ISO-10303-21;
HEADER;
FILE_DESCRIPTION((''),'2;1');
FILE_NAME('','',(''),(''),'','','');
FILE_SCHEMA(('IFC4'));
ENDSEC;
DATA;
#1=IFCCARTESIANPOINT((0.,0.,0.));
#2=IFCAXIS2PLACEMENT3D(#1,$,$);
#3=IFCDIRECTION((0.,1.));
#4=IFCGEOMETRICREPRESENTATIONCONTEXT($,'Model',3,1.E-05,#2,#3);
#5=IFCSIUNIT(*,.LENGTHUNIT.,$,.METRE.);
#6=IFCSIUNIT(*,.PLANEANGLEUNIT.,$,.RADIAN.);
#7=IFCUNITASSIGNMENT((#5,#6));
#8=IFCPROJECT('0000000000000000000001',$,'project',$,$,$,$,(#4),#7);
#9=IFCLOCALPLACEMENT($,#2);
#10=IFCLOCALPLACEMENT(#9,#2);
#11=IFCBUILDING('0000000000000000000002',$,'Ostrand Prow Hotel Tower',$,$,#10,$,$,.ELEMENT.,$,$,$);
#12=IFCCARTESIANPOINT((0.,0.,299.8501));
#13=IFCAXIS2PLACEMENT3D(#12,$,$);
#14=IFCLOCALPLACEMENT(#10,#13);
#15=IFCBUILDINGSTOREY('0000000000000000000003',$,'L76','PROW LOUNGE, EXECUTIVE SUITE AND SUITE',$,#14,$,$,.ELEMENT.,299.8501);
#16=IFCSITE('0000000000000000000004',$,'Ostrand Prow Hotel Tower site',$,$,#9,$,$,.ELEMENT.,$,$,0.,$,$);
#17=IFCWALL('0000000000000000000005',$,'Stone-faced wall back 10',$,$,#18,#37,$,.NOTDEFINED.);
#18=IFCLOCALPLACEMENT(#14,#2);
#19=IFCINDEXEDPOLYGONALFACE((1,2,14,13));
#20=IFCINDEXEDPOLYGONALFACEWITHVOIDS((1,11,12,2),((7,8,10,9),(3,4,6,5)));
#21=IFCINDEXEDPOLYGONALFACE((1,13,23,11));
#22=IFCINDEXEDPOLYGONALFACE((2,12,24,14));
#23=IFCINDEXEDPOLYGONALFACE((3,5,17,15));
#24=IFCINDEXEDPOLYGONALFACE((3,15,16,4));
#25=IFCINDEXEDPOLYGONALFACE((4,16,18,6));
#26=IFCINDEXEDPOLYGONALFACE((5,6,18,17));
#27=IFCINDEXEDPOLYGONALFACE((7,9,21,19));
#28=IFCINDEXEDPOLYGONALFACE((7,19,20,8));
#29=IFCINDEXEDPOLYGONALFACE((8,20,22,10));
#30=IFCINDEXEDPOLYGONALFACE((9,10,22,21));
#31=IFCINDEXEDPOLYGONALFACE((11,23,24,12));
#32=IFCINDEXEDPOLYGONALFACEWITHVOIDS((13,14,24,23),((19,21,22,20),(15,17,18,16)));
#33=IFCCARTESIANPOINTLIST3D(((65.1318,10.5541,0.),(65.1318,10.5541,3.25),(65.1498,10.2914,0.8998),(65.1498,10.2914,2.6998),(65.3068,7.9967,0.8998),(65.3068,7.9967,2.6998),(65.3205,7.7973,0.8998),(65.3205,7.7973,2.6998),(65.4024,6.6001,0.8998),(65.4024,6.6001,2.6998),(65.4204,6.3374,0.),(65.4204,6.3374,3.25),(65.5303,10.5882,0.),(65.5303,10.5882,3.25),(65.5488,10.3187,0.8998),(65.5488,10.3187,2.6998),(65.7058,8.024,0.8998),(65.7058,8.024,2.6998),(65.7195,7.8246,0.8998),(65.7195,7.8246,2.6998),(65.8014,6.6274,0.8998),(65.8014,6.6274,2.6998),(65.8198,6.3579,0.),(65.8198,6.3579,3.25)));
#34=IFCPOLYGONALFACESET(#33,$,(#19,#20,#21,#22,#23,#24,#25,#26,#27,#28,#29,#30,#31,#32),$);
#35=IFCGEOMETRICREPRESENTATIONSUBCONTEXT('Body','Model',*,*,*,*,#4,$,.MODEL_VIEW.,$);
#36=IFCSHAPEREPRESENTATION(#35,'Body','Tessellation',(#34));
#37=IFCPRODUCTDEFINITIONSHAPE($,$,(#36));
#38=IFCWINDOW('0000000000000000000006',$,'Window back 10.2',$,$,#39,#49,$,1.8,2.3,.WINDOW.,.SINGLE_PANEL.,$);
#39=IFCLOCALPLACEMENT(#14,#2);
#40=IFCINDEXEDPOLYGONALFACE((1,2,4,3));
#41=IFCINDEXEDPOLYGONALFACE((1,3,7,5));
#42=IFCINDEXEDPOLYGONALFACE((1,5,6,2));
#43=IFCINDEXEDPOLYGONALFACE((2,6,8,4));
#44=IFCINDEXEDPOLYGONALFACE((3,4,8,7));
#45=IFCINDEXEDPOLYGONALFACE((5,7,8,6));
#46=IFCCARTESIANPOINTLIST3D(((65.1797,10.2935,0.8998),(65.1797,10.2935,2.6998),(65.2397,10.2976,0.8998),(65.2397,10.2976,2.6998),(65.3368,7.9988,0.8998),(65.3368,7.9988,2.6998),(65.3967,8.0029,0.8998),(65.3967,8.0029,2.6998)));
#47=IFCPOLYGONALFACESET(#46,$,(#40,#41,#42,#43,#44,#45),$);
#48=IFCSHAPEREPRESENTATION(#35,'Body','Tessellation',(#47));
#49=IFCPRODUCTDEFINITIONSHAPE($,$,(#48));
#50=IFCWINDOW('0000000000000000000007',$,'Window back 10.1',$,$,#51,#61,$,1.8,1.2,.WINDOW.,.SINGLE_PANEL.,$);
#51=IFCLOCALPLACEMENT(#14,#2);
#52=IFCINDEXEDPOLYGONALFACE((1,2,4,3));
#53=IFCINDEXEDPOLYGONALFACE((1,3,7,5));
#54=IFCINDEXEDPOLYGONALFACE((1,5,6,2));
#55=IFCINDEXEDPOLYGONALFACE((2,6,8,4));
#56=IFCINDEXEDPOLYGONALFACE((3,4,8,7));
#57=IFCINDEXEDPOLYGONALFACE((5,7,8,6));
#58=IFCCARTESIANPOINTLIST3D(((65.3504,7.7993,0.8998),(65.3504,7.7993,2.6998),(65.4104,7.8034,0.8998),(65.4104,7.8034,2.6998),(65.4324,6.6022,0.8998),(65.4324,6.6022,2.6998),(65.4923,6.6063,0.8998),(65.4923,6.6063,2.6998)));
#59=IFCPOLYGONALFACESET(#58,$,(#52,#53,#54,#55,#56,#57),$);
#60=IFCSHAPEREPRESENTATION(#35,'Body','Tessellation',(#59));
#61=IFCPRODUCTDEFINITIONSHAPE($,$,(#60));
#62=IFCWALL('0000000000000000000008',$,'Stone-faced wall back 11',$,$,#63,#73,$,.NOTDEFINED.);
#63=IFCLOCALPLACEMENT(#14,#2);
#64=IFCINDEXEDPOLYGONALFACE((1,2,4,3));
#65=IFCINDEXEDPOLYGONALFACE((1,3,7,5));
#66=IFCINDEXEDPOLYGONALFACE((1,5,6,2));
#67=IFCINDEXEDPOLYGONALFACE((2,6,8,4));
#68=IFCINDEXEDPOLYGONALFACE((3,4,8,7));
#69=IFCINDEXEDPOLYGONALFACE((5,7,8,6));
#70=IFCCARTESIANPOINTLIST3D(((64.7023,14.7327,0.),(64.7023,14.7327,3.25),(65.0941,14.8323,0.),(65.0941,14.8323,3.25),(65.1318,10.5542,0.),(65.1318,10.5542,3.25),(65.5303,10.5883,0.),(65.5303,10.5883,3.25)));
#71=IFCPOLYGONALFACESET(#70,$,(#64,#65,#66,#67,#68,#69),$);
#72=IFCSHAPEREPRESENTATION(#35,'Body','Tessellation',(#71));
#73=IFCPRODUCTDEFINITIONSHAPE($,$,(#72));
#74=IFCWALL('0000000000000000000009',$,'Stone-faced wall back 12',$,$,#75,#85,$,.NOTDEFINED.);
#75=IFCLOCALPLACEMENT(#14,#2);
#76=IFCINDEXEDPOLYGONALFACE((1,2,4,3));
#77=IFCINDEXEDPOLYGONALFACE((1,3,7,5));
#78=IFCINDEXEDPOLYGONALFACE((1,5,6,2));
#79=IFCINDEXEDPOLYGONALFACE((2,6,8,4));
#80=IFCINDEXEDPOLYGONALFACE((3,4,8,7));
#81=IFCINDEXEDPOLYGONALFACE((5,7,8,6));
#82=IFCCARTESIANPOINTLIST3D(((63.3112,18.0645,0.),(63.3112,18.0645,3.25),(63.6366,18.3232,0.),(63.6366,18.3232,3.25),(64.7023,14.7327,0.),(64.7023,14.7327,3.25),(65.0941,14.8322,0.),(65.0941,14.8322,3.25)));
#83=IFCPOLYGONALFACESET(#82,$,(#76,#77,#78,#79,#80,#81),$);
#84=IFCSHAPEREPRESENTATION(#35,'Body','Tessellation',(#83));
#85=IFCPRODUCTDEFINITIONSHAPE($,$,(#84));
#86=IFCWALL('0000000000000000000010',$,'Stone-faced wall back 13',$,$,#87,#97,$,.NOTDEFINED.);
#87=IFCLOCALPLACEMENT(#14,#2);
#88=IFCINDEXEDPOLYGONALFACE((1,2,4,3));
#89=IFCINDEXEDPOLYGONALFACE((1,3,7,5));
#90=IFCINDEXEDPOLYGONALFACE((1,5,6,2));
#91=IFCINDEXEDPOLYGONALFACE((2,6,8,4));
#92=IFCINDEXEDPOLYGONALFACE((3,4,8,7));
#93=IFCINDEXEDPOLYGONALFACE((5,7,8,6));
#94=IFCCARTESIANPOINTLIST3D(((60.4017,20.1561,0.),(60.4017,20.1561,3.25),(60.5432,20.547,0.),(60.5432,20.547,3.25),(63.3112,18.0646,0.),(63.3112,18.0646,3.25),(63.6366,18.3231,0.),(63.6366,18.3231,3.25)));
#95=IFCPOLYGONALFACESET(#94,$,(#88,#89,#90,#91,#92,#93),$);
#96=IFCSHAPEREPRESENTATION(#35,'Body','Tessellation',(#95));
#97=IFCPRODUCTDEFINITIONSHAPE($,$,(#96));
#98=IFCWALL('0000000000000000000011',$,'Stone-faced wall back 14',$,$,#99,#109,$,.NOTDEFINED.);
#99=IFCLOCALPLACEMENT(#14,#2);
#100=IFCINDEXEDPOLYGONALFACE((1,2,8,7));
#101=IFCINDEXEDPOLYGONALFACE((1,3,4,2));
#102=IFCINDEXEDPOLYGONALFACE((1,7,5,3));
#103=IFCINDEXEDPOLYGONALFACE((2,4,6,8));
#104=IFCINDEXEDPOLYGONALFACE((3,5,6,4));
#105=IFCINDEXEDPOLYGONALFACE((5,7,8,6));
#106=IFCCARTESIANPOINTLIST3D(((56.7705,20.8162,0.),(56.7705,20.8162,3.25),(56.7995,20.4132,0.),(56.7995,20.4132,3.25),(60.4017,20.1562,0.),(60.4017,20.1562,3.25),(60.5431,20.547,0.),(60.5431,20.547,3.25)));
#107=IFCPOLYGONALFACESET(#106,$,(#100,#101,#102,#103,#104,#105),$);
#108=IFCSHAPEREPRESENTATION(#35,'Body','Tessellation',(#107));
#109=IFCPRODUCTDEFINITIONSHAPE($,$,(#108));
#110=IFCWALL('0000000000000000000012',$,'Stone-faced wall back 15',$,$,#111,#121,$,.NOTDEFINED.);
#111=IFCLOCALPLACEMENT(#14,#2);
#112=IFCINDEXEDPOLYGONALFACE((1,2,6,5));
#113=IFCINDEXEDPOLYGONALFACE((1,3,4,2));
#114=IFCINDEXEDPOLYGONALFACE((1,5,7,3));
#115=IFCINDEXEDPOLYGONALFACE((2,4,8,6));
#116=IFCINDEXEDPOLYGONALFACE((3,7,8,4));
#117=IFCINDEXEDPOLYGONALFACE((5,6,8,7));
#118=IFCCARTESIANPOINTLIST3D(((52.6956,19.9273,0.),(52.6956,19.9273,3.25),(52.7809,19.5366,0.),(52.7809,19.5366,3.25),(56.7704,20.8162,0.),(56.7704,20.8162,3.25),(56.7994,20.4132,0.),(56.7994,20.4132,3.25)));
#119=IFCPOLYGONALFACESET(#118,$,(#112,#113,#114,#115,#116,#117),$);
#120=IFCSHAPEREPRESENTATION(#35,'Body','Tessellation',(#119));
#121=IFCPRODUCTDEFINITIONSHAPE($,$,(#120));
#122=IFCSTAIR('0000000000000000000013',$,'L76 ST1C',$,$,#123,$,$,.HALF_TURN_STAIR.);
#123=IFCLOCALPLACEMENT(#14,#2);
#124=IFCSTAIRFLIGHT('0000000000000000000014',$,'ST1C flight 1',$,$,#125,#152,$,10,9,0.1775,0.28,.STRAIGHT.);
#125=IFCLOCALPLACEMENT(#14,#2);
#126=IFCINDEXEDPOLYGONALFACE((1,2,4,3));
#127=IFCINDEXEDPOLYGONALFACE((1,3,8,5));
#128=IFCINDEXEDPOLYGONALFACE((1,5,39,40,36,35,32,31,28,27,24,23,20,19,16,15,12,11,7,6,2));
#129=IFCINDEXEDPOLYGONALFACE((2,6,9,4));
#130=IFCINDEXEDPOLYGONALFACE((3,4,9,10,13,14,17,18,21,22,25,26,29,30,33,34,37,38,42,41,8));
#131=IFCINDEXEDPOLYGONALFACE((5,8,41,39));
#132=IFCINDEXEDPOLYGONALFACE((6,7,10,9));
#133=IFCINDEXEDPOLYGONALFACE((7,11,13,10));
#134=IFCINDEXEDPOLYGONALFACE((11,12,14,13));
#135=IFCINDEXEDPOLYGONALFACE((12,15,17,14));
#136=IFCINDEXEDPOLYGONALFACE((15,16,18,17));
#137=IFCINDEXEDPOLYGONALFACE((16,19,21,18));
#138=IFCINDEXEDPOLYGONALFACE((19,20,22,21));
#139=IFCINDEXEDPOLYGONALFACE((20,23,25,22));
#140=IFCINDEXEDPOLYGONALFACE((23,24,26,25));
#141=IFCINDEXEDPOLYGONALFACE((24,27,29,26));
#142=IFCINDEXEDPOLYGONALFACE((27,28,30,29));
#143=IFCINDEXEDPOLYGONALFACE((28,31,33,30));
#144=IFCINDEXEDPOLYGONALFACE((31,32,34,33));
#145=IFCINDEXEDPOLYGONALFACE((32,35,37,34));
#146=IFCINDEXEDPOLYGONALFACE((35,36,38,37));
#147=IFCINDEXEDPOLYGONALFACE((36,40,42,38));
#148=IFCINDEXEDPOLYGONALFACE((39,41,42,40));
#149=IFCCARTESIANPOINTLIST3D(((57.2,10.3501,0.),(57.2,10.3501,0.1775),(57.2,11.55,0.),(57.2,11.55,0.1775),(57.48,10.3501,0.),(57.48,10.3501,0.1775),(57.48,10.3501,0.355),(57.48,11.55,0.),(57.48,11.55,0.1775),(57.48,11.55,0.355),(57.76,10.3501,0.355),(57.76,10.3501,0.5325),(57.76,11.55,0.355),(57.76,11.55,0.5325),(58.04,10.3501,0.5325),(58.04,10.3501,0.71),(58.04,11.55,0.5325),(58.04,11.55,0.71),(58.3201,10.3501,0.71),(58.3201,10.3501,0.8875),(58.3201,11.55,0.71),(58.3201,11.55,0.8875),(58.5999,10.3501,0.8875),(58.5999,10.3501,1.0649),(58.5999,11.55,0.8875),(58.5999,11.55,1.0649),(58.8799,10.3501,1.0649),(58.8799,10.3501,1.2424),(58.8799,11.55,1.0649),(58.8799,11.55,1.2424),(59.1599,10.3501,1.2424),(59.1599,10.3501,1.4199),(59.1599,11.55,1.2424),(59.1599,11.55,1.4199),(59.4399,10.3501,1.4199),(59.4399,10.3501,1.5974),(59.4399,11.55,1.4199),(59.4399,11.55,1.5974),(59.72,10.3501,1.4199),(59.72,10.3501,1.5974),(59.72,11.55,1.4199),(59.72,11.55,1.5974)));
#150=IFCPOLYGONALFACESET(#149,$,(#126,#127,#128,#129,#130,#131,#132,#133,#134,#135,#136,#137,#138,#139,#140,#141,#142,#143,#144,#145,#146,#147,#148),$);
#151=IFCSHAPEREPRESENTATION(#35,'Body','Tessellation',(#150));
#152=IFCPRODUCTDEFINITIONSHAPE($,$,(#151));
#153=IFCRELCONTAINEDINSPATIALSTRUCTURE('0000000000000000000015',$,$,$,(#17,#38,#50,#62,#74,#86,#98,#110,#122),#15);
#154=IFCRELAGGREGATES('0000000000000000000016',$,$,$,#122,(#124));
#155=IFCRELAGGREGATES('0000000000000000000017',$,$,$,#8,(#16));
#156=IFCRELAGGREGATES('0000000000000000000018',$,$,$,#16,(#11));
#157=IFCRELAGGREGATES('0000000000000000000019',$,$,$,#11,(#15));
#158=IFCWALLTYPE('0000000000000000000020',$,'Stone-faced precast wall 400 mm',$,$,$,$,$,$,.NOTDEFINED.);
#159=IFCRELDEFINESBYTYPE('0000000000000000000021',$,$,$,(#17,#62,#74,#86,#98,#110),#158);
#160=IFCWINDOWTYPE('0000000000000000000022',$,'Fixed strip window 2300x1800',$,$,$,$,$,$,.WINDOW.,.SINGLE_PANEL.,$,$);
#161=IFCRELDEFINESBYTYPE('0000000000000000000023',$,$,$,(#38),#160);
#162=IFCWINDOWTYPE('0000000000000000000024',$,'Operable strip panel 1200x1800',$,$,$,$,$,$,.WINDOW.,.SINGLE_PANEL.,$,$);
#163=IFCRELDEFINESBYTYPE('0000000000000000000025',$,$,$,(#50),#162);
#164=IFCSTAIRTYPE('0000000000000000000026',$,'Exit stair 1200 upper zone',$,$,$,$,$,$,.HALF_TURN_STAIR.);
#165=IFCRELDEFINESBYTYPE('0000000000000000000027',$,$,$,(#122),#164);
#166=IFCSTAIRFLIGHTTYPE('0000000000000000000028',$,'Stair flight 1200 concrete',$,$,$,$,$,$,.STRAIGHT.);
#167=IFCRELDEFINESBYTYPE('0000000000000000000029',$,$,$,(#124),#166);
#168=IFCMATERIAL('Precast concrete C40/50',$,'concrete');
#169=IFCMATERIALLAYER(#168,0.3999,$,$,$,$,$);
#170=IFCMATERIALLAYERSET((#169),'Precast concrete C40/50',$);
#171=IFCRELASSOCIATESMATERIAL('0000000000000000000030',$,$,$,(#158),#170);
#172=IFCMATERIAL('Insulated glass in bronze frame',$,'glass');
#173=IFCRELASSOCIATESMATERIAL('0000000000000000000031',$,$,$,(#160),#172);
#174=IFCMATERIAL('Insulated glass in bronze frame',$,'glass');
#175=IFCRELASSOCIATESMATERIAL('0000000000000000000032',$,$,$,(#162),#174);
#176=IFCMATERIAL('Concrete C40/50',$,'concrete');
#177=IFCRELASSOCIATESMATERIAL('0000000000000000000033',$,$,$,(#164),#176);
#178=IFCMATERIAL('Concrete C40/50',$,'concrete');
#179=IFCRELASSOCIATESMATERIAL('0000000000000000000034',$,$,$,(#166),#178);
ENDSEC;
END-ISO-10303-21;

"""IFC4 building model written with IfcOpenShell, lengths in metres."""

from ifc_helpers import new_model, si_unit, direction, frame, frame_2d, origin, place, context, subcontext, project, spatial, polyline, rectangle, outline, extrude, material, layer, layer_set, type_object, element, fill, aggregate, save


model = new_model("IFC4")

# Units and contexts
model_context = context("Model", 3, precision=1e-05, world=origin(), true_north=direction((0.0, 1.0)))
body_context = subcontext(model_context, "Body", "Model", "MODEL_VIEW")
ifc_project = project(units=[si_unit("LENGTHUNIT", "METRE"), si_unit("PLANEANGLEUNIT", "RADIAN")], contexts=[model_context])

# Site, building, storey
site_placement = place(None, origin())
site = spatial("IfcSite", under=ifc_project, at=site_placement, Name="Ostrand Prow Hotel Tower site", CompositionType="ELEMENT", RefElevation=0.0)
building_placement = place(site_placement, origin())
building = spatial("IfcBuilding", under=site, at=building_placement, Name="Ostrand Prow Hotel Tower", CompositionType="ELEMENT")
storey_placement = place(building_placement, frame((0.0, 0.0, 299.8501)))
storey = spatial("IfcBuildingStorey", under=building, at=storey_placement, Name="L76", Description="PROW LOUNGE, EXECUTIVE SUITE AND SUITE", CompositionType="ELEMENT", Elevation=299.8501)

# Shared definitions
ifc_material_1 = material(Name="Precast concrete C40/50", Category="concrete")
ifc_layer_1 = layer(ifc_material_1, 0.3999)
ifc_layer_set_1 = layer_set([ifc_layer_1], Name="Precast concrete C40/50")
wall_type_1 = type_object("IfcWallType", Name="Stone-faced precast wall 400 mm", PredefinedType="NOTDEFINED", material=ifc_layer_set_1)

# Wall, openings, windows
wall_1_placement = place(storey_placement, frame((65.6201, 6.3477, 0.0), z_axis=(0.0, 0.0, 1.0), x_axis=(-0.06828, 0.997666, 0.0)))
wall_1 = element("IfcWall", 1, at=wall_1_placement, inside=storey, type_object=wall_type_1, Name="Stone-faced wall back 10", PredefinedType="NOTDEFINED", context=body_context, shape_type="SweptSolid", body=[
    extrude(outline(polyline([(-0.0034, -0.2), (4.2368, -0.2), (4.23, 0.2), (0.0034, 0.2), (-0.0034, -0.2)])), origin(), (0.0, 0.0, 1.0), 3.25),
])
opening_1_placement = place(wall_1_placement, frame((0.2666, 0.0, 0.8999)))
opening_1 = element("IfcOpeningElement", 2, at=opening_1_placement, cuts=wall_1, PredefinedType="OPENING", context=body_context, shape_type="SweptSolid", body=[
    extrude(rectangle(XDim=1.2, YDim=1.8, at=frame_2d((0.6001, 0.8999))), frame((0.0, 0.21, 0.0), z_axis=(0.0, -1.0, 0.0), x_axis=(1.0, 0.0, 0.0)), (0.0, 0.0, 1.0), 0.4199),
])
opening_2_placement = place(wall_1_placement, frame((1.6667, 0.0, 0.8999)))
opening_2 = element("IfcOpeningElement", 3, at=opening_2_placement, cuts=wall_1, PredefinedType="OPENING", context=body_context, shape_type="SweptSolid", body=[
    extrude(rectangle(XDim=2.3, YDim=1.8, at=frame_2d((1.1499, 0.8999))), frame((0.0, 0.21, 0.0), z_axis=(0.0, -1.0, 0.0), x_axis=(1.0, 0.0, 0.0)), (0.0, 0.0, 1.0), 0.4199),
])
ifc_material_2 = material(Name="Insulated glass in bronze frame", Category="glass")
window_type_1 = type_object("IfcWindowType", Name="Fixed strip window 2300x1800", PartitioningType="SINGLE_PANEL", PredefinedType="WINDOW", material=ifc_material_2)
window_1_placement = place(opening_2_placement, origin())
window_1 = element("IfcWindow", 4, at=window_1_placement, inside=storey, type_object=window_type_1, Name="Window back 10.2", OverallHeight=1.8, OverallWidth=2.3, PartitioningType="SINGLE_PANEL", PredefinedType="WINDOW", context=body_context, shape_type="SweptSolid", body=[
    extrude(rectangle(XDim=2.3, YDim=1.8, at=frame_2d((1.1499, 0.8999))), frame((0.0, 0.1699, 0.0), z_axis=(0.0, -1.0, 0.0), x_axis=(1.0, 0.0, 0.0)), (0.0, 0.0, 1.0), 0.0601),
])
fill(opening_2, window_1)
ifc_material_3 = material(Name="Insulated glass in bronze frame", Category="glass")
window_type_2 = type_object("IfcWindowType", Name="Operable strip panel 1200x1800", PartitioningType="SINGLE_PANEL", PredefinedType="WINDOW", material=ifc_material_3)
window_2_placement = place(opening_1_placement, origin())
window_2 = element("IfcWindow", 5, at=window_2_placement, inside=storey, type_object=window_type_2, Name="Window back 10.1", OverallHeight=1.8, OverallWidth=1.2, PartitioningType="SINGLE_PANEL", PredefinedType="WINDOW", context=body_context, shape_type="SweptSolid", body=[
    extrude(rectangle(XDim=1.2, YDim=1.8, at=frame_2d((0.6001, 0.8999))), frame((0.0, 0.1699, 0.0), z_axis=(0.0, -1.0, 0.0), x_axis=(1.0, 0.0, 0.0)), (0.0, 0.0, 1.0), 0.0601),
])
fill(opening_1, window_2)

# Walls
wall_2_placement = place(storey_placement, frame((65.3311, 10.5713, 0.0), z_axis=(0.0, 0.0, 1.0), x_axis=(-0.10225, 0.994759, 0.0)))
element("IfcWall", 6, at=wall_2_placement, inside=storey, type_object=wall_type_1, Name="Stone-faced wall back 11", PredefinedType="NOTDEFINED", context=body_context, shape_type="SweptSolid", body=[
    extrude(outline(polyline([(-0.0034, -0.2), (4.2629, -0.2), (4.2039, 0.2), (0.0034, 0.2), (-0.0034, -0.2)])), origin(), (0.0, 0.0, 1.0), 3.25),
])
wall_3_placement = place(storey_placement, frame((64.8982, 14.7825, 0.0), z_axis=(0.0, 0.0, 1.0), x_axis=(-0.385286, 0.922797, 0.0)))
element("IfcWall", 7, at=wall_3_placement, inside=storey, type_object=wall_type_1, Name="Stone-faced wall back 12", PredefinedType="NOTDEFINED", context=body_context, shape_type="SweptSolid", body=[
    extrude(outline(polyline([(-0.0295, -0.2), (3.7534, -0.2), (3.6401, 0.2), (0.0295, 0.2), (-0.0295, -0.2)])), origin(), (0.0, 0.0, 1.0), 3.25),
])
wall_4_placement = place(storey_placement, frame((63.4739, 18.1938, 0.0), z_axis=(0.0, 0.0, 1.0), x_axis=(-0.811963, 0.58371, 0.0)))
element("IfcWall", 8, at=wall_4_placement, inside=storey, type_object=wall_type_1, Name="Stone-faced wall back 13", PredefinedType="NOTDEFINED", context=body_context, shape_type="SweptSolid", body=[
    extrude(outline(polyline([(-0.0566, -0.2), (3.7532, -0.2), (3.6399, 0.2), (0.0566, 0.2), (-0.0566, -0.2)])), origin(), (0.0, 0.0, 1.0), 3.25),
])
wall_5_placement = place(storey_placement, frame((60.4724, 20.3516, 0.0), z_axis=(0.0, 0.0, 1.0), x_axis=(-0.997463, 0.071191, 0.0)))
element("IfcWall", 9, at=wall_5_placement, inside=storey, type_object=wall_type_1, Name="Stone-faced wall back 14", PredefinedType="NOTDEFINED", context=body_context, shape_type="SweptSolid", body=[
    extrude(outline(polyline([(-0.0566, -0.2), (3.7256, -0.2), (3.668, 0.2), (0.0566, 0.2), (-0.0566, -0.2)])), origin(), (0.0, 0.0, 1.0), 3.25),
])
wall_6_placement = place(storey_placement, frame((56.7849, 20.6147, 0.0), z_axis=(0.0, 0.0, 1.0), x_axis=(-0.97702, -0.213147, 0.0)))
element("IfcWall", 10, at=wall_6_placement, inside=storey, type_object=wall_type_1, Name="Stone-faced wall back 15", PredefinedType="NOTDEFINED", context=body_context, shape_type="SweptSolid", body=[
    extrude(outline(polyline([(-0.0288, -0.2), (4.1418, -0.2), (4.1418, 0.2), (0.0288, 0.2), (-0.0288, -0.2)])), origin(), (0.0, 0.0, 1.0), 3.25),
])

# Stair, stair flight
ifc_material_4 = material(Name="Concrete C40/50", Category="concrete")
stair_type = type_object("IfcStairType", Name="Exit stair 1200 upper zone", PredefinedType="HALF_TURN_STAIR", material=ifc_material_4)
stair_1_placement = place(storey_placement, origin())
stair_1 = element("IfcStair", 11, at=stair_1_placement, inside=storey, type_object=stair_type, Name="L76 ST1C", PredefinedType="HALF_TURN_STAIR")
ifc_material_5 = material(Name="Concrete C40/50", Category="concrete")
stair_flight_type = type_object("IfcStairFlightType", Name="Stair flight 1200 concrete", PredefinedType="STRAIGHT", material=ifc_material_5)
stair_flight_1_placement = place(storey_placement, frame((57.2, 10.95, 0.0), z_axis=(0.0, 0.0, 1.0), x_axis=(1.0, 0.0, 0.0)))
stair_flight_1 = element("IfcStairFlight", 12, at=stair_flight_1_placement, type_object=stair_flight_type, Name="ST1C flight 1", NumberOfRisers=10, NumberOfTreads=9, PredefinedType="STRAIGHT", RiserHeight=0.1775, TreadLength=0.28, context=body_context, shape_type="SweptSolid", body=[
    extrude(outline(polyline([(0.0, 0.0), (0.0, 0.1775), (0.28, 0.1775), (0.28, 0.355), (0.5601, 0.355), (0.5601, 0.5325), (0.8401, 0.5325), (0.8401, 0.71), (1.1201, 0.71), (1.1201, 0.8875), (1.3999, 0.8875), (1.3999, 1.0649), (1.6799, 1.0649), (1.6799, 1.2424), (1.96, 1.2424), (1.96, 1.4199), (2.24, 1.4199), (2.24, 1.5974), (2.52, 1.5974), (2.52, 1.7749), (2.52, 1.4199), (0.28, 0.0), (0.0, 0.0)])), frame((0.0, 0.6001, 0.0), z_axis=(0.0, -1.0, 0.0), x_axis=(1.0, 0.0, 0.0)), (0.0, 0.0, 1.0), 1.2),
])
aggregate(stair_1, [stair_flight_1])

save(model, "model.ifc")
